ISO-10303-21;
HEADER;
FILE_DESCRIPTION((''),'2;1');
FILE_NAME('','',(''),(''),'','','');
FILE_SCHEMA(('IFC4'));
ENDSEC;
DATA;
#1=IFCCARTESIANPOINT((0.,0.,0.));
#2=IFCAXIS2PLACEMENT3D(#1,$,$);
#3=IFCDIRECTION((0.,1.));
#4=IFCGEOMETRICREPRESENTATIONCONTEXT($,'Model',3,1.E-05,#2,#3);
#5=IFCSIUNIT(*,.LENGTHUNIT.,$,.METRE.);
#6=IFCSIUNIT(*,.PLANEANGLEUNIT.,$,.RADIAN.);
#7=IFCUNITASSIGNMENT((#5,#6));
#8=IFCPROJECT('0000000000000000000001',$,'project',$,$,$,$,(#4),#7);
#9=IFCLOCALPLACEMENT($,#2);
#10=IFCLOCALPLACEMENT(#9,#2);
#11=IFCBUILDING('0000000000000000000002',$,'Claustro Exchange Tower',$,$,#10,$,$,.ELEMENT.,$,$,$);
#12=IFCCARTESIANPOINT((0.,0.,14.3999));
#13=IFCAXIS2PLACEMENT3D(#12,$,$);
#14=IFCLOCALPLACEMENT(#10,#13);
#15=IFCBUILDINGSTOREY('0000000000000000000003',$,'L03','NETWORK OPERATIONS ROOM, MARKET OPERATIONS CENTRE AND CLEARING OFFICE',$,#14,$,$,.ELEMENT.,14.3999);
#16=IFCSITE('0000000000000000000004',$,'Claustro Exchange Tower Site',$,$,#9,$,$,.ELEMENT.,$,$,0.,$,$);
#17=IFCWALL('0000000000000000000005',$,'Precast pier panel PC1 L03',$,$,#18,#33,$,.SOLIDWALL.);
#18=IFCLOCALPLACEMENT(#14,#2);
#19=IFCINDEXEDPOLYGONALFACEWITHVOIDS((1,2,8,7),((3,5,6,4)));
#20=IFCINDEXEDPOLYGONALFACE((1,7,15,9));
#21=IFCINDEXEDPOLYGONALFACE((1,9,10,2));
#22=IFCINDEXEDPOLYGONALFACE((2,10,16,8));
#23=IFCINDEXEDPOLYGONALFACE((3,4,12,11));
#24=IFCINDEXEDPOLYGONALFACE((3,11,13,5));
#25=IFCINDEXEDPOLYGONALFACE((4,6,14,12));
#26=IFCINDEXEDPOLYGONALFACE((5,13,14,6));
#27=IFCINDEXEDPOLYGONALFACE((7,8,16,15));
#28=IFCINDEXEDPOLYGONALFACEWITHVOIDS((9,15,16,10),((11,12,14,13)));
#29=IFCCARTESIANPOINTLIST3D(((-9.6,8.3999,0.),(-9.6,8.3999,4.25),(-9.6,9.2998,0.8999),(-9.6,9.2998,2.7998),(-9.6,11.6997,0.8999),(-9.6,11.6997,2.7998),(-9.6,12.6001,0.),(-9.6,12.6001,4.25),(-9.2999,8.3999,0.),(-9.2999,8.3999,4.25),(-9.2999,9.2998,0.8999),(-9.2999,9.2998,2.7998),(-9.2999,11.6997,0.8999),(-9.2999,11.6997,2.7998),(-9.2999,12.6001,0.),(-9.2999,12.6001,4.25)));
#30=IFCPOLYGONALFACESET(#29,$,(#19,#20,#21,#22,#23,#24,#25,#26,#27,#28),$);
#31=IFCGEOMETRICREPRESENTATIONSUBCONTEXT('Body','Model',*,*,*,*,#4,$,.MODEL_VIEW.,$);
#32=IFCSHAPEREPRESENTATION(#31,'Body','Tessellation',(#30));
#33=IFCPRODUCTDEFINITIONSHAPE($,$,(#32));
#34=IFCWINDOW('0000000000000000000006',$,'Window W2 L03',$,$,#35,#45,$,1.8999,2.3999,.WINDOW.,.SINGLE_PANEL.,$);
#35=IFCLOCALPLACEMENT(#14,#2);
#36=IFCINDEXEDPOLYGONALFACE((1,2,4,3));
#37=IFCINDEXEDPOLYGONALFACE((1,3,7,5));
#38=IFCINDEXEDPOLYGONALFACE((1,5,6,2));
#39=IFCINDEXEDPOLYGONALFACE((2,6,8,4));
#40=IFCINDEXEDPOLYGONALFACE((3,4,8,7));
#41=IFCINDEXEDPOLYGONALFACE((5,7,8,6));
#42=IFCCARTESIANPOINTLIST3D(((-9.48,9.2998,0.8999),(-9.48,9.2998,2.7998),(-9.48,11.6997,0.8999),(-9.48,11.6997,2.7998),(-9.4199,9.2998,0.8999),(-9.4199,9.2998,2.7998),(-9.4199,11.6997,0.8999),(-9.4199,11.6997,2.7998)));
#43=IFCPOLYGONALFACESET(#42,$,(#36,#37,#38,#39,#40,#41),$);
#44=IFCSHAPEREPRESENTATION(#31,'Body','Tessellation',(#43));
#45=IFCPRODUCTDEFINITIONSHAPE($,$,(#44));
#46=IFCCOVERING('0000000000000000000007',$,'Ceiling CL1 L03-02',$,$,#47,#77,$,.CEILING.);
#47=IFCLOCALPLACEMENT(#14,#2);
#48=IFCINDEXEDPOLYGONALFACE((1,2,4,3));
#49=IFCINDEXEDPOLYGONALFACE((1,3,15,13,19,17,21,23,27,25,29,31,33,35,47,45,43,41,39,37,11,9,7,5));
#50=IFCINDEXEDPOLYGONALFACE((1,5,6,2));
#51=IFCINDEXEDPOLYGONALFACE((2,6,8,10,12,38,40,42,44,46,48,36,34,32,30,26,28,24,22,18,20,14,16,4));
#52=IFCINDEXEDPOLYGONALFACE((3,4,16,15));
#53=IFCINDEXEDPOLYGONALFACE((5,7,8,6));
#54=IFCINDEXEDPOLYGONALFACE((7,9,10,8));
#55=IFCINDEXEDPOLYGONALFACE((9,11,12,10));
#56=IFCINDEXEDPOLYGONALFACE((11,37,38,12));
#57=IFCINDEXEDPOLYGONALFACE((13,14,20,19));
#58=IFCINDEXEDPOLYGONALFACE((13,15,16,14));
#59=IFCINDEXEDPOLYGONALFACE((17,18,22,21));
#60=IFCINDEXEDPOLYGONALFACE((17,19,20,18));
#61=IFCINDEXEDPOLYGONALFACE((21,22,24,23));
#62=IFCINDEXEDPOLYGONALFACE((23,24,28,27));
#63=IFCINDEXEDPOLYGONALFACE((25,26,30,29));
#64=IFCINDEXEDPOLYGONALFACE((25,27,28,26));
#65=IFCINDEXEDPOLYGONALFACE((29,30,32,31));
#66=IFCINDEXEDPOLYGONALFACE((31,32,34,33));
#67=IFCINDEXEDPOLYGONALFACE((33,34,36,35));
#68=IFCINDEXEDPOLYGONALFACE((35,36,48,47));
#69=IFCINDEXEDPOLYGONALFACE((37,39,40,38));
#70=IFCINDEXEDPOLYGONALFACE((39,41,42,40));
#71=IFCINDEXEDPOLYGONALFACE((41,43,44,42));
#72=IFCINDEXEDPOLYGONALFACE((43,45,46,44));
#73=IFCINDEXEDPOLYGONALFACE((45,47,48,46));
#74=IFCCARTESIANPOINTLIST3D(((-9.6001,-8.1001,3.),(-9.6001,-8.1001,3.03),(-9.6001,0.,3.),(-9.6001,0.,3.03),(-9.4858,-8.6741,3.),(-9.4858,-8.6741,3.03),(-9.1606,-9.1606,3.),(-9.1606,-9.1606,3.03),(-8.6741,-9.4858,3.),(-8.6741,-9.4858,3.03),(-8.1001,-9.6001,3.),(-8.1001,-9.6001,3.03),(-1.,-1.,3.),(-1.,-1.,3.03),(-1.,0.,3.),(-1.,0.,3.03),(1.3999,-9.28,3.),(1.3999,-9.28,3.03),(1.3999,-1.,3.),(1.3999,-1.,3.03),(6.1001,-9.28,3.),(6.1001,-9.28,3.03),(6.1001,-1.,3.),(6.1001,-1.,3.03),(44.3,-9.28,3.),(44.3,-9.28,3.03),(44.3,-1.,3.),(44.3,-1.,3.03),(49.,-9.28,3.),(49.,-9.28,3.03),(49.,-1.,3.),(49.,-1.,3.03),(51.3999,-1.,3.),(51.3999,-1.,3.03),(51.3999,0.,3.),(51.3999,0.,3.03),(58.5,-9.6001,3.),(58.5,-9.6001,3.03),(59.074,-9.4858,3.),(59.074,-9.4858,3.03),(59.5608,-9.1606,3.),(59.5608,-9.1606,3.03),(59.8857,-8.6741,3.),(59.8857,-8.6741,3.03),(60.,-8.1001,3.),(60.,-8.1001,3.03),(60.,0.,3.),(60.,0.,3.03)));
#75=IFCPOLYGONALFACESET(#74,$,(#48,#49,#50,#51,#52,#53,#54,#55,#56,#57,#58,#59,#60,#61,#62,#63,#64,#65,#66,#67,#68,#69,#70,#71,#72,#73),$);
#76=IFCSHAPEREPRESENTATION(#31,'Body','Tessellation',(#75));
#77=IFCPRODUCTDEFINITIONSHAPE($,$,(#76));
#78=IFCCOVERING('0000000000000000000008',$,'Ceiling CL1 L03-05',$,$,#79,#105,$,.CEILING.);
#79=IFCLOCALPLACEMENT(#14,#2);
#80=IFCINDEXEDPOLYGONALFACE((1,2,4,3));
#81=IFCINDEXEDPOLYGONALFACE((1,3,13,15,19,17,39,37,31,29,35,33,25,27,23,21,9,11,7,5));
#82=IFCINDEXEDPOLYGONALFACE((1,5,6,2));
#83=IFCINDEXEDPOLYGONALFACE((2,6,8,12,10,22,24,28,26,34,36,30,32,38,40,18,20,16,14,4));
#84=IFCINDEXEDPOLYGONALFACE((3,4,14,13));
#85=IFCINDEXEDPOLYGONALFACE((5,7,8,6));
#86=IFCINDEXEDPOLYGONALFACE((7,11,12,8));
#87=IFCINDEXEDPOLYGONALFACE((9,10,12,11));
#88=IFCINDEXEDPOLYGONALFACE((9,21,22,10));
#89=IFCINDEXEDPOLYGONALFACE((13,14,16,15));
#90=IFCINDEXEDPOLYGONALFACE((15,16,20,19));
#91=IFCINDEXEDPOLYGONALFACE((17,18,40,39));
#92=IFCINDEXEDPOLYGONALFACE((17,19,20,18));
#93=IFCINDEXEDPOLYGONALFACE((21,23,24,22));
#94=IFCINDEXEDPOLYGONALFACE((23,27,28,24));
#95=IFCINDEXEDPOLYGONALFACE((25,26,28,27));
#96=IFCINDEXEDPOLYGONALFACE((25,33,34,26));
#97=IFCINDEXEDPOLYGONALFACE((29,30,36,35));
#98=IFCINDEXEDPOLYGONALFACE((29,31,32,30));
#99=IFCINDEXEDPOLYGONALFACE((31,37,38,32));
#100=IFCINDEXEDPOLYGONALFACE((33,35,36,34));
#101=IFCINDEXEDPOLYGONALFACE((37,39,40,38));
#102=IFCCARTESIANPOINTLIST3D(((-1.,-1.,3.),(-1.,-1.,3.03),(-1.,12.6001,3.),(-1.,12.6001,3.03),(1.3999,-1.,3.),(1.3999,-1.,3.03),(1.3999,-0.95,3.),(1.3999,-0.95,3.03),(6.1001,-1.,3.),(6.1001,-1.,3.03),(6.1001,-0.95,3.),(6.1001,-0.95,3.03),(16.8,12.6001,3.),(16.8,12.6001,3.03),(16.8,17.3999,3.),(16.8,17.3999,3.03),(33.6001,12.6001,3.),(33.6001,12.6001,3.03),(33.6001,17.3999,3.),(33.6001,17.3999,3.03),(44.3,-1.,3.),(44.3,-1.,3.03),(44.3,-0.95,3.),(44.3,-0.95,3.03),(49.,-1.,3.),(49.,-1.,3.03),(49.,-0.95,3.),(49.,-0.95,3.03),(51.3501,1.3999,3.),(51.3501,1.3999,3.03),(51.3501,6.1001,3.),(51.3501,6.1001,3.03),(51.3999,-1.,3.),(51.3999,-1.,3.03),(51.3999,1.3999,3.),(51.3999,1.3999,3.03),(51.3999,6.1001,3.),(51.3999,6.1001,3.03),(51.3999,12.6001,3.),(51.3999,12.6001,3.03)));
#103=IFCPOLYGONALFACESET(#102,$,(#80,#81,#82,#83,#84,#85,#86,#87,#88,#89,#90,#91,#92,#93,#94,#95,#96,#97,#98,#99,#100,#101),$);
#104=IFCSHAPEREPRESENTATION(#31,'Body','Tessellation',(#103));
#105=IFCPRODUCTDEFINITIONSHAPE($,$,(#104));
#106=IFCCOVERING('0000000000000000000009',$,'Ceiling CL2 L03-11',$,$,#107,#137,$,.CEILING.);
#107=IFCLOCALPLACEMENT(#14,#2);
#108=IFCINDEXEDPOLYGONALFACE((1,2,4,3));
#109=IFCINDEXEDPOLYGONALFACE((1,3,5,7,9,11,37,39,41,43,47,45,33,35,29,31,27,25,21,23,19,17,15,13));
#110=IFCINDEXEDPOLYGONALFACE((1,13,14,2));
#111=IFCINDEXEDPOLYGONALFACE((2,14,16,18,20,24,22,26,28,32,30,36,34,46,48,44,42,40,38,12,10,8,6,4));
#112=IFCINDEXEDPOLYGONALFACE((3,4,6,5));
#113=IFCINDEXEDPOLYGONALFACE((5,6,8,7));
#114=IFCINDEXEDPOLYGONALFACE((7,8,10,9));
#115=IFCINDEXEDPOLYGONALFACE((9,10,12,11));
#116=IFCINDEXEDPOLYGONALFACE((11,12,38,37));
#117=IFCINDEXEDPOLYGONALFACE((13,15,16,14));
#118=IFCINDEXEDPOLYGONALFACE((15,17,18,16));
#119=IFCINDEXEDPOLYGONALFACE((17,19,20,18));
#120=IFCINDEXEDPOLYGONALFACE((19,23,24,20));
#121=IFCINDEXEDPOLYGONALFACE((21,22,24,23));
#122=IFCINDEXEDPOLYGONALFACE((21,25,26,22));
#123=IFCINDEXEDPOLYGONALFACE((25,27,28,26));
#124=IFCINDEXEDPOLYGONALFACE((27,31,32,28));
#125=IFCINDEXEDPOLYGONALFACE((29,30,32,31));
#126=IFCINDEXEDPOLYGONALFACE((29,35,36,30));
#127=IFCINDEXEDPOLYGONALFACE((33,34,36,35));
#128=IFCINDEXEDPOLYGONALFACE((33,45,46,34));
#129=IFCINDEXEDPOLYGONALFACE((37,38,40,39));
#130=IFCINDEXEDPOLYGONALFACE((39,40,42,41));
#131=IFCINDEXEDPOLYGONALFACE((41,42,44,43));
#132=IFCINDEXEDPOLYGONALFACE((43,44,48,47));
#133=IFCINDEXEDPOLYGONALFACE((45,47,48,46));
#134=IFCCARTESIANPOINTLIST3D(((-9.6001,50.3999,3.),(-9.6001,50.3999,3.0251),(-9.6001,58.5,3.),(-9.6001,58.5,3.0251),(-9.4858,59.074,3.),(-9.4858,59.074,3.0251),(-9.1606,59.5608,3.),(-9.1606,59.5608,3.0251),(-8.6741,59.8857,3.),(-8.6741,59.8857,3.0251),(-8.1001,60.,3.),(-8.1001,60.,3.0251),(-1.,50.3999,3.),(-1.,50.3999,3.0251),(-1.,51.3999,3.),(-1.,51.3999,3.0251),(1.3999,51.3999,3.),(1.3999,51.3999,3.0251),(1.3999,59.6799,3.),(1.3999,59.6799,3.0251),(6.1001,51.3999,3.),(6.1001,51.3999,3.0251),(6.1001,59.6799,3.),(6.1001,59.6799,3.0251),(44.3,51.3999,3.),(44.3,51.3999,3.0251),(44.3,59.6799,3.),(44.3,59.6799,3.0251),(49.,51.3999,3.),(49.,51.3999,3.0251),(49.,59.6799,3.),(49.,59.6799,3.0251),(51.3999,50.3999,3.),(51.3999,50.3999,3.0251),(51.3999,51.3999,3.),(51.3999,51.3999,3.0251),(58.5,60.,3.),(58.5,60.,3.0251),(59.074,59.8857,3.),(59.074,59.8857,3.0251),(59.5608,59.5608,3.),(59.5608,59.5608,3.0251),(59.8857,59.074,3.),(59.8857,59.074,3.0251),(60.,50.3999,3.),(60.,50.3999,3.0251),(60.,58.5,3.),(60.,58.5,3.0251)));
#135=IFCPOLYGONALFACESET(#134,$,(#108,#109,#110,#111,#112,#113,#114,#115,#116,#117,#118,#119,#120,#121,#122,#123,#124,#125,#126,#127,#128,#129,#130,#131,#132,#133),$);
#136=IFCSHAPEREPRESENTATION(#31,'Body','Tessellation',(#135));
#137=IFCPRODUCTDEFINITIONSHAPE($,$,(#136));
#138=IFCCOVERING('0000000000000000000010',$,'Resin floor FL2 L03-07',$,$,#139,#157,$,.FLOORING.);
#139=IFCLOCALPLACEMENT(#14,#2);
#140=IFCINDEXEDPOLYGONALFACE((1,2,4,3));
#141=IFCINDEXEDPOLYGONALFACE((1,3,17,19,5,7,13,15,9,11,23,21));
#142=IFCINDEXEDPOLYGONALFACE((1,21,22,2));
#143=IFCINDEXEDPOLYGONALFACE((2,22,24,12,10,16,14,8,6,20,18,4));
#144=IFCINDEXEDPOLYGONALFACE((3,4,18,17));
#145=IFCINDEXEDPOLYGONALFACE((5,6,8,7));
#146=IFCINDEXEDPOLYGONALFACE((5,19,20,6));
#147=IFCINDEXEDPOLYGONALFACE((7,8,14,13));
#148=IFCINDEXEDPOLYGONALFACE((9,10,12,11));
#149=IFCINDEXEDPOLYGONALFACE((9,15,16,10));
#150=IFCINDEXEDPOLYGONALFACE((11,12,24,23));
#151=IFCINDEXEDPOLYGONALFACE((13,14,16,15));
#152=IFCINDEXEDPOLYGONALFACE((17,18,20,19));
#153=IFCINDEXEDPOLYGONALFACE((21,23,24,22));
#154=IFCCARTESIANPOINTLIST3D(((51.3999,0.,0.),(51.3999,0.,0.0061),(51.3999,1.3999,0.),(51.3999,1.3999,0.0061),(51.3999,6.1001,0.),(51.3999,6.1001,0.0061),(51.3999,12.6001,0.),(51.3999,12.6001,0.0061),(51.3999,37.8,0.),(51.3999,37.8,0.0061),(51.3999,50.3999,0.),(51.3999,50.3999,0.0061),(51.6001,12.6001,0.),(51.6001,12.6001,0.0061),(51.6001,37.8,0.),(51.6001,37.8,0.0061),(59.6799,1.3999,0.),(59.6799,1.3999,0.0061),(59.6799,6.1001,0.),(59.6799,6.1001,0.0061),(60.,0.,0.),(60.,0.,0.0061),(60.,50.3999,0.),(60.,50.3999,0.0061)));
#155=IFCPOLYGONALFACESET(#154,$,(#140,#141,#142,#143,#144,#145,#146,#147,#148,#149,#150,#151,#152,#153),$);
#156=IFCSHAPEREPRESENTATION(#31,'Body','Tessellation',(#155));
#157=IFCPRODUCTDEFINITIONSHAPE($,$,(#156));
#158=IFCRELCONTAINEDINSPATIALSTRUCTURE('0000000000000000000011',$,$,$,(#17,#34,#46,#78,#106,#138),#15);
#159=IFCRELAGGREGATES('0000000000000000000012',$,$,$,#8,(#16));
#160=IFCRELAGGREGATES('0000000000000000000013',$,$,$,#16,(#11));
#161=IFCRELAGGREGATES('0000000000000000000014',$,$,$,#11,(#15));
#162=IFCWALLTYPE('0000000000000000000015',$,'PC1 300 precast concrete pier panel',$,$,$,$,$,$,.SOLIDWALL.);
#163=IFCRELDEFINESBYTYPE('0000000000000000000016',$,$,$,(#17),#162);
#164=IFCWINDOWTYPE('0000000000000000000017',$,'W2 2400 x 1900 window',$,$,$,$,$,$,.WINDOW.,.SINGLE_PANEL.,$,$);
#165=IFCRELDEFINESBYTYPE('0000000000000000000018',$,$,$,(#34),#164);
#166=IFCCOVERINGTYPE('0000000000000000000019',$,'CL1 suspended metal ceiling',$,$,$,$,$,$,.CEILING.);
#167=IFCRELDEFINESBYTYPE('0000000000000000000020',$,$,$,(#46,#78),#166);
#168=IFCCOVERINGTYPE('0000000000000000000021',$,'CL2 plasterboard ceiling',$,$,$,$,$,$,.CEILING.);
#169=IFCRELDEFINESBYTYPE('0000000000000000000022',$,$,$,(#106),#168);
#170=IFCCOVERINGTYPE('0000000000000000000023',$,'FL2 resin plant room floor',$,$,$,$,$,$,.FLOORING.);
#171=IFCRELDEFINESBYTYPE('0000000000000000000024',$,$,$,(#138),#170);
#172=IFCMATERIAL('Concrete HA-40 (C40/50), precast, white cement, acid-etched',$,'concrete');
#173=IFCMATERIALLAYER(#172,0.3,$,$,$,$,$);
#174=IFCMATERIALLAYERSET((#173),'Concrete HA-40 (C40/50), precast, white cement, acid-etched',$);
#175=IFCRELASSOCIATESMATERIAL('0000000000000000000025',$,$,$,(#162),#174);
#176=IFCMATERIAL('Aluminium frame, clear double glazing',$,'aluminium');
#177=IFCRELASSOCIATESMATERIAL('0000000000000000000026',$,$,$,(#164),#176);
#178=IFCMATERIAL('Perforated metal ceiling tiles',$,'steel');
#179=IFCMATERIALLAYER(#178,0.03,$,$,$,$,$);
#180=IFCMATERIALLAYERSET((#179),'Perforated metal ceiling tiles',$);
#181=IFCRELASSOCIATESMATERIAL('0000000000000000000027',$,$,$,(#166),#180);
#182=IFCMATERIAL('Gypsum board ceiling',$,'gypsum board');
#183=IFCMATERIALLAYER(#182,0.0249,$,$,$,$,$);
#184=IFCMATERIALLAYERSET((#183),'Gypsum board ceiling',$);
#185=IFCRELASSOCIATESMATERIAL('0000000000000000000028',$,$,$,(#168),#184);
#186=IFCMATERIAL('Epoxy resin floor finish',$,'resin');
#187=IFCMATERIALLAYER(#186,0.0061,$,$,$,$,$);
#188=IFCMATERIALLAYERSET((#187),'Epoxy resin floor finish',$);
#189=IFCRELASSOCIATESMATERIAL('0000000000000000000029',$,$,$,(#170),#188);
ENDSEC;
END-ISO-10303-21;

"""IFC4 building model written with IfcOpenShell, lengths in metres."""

from ifc_helpers import new_model, si_unit, direction, frame, frame_2d, origin, place, context, subcontext, project, spatial, polyline, rectangle, outline, extrude, material, layer, layer_set, type_object, element, fill, save


model = new_model("IFC4")

# Units and contexts
model_context = context("Model", 3, precision=1e-05, world=origin(), true_north=direction((0.0, 1.0)))
body_context = subcontext(model_context, "Body", "Model", "MODEL_VIEW")
ifc_project = project(units=[si_unit("LENGTHUNIT", "METRE"), si_unit("PLANEANGLEUNIT", "RADIAN")], contexts=[model_context])

# Site, building, storey
site_placement = place(None, origin())
site = spatial("IfcSite", under=ifc_project, at=site_placement, Name="Claustro Exchange Tower Site", CompositionType="ELEMENT", RefElevation=0.0)
building_placement = place(site_placement, origin())
building = spatial("IfcBuilding", under=site, at=building_placement, Name="Claustro Exchange Tower", CompositionType="ELEMENT")
storey_placement = place(building_placement, frame((0.0, 0.0, 14.3999)))
storey = spatial("IfcBuildingStorey", under=building, at=storey_placement, Name="L03", Description="NETWORK OPERATIONS ROOM, MARKET OPERATIONS CENTRE AND CLEARING OFFICE", CompositionType="ELEMENT", Elevation=14.3999)

# Wall, opening, window
ifc_material_1 = material(Name="Concrete HA-40 (C40/50), precast, white cement, acid-etched", Category="concrete")
ifc_layer_1 = layer(ifc_material_1, 0.3)
ifc_layer_set_1 = layer_set([ifc_layer_1], Name="Concrete HA-40 (C40/50), precast, white cement, acid-etched")
wall_type = type_object("IfcWallType", Name="PC1 300 precast concrete pier panel", PredefinedType="SOLIDWALL", material=ifc_layer_set_1)
wall_placement = place(storey_placement, frame((-9.45, 8.3999, 0.0), z_axis=(0.0, 0.0, 1.0), x_axis=(0.0, 1.0, 0.0)))
wall = element("IfcWall", 1, at=wall_placement, inside=storey, type_object=wall_type, Name="Precast pier panel PC1 L03", PredefinedType="SOLIDWALL", context=body_context, shape_type="SweptSolid", body=[
    extrude(rectangle(XDim=4.2002, YDim=0.3, at=frame_2d((2.1001, 0.0))), origin(), (0.0, 0.0, 1.0), 4.25),
])
opening_placement = place(wall_placement, frame((0.8999, 0.0, 0.8999)))
opening = element("IfcOpeningElement", 2, at=opening_placement, cuts=wall, PredefinedType="OPENING", context=body_context, shape_type="SweptSolid", body=[
    extrude(rectangle(XDim=2.3999, YDim=1.8999, at=frame_2d((1.2, 0.95))), frame((0.0, 0.1599, 0.0), z_axis=(0.0, -1.0, 0.0), x_axis=(1.0, 0.0, 0.0)), (0.0, 0.0, 1.0), 0.3201),
])
ifc_material_2 = material(Name="Aluminium frame, clear double glazing", Category="aluminium")
window_type = type_object("IfcWindowType", Name="W2 2400 x 1900 window", PartitioningType="SINGLE_PANEL", PredefinedType="WINDOW", material=ifc_material_2)
window_placement = place(opening_placement, origin())
window = element("IfcWindow", 3, at=window_placement, inside=storey, type_object=window_type, Name="Window W2 L03", OverallHeight=1.8999, OverallWidth=2.3999, PartitioningType="SINGLE_PANEL", PredefinedType="WINDOW", context=body_context, shape_type="SweptSolid", body=[
    extrude(rectangle(XDim=2.3999, YDim=1.8999, at=frame_2d((1.2, 0.95))), frame((0.0, 0.03, 0.0), z_axis=(0.0, -1.0, 0.0), x_axis=(1.0, 0.0, 0.0)), (0.0, 0.0, 1.0), 0.0601),
])
fill(opening, window)

# Coverings
ifc_material_3 = material(Name="Perforated metal ceiling tiles", Category="steel")
ifc_layer_2 = layer(ifc_material_3, 0.03)
ifc_layer_set_2 = layer_set([ifc_layer_2], Name="Perforated metal ceiling tiles")
covering_type_1 = type_object("IfcCoveringType", Name="CL1 suspended metal ceiling", PredefinedType="CEILING", material=ifc_layer_set_2)
covering_1_placement = place(storey_placement, frame((0.0, 0.0, 3.0)))
element("IfcCovering", 4, at=covering_1_placement, inside=storey, type_object=covering_type_1, Name="Ceiling CL1 L03-02", PredefinedType="CEILING", context=body_context, shape_type="SweptSolid", body=[
    extrude(outline(polyline([(59.8857, -8.6741), (60.0, -8.1001), (60.0, 0.0), (51.3999, 0.0), (51.3999, -1.0), (49.0, -1.0), (49.0, -9.28), (44.3, -9.28), (44.3, -1.0), (6.1001, -1.0), (6.1001, -9.28), (1.3999, -9.28), (1.3999, -1.0), (-1.0, -1.0), (-1.0, 0.0), (-9.6001, 0.0), (-9.6001, -8.1001), (-9.4858, -8.6741), (-9.1606, -9.1606), (-8.6741, -9.4858), (-8.1001, -9.6001), (58.5, -9.6001), (59.074, -9.4858), (59.5608, -9.1606), (59.8857, -8.6741)])), origin(), (0.0, 0.0, 1.0), 0.03),
])
covering_2_placement = place(storey_placement, frame((0.0, 0.0, 3.0)))
element("IfcCovering", 5, at=covering_2_placement, inside=storey, type_object=covering_type_1, Name="Ceiling CL1 L03-05", PredefinedType="CEILING", context=body_context, shape_type="SweptSolid", body=[
    extrude(outline(polyline([(16.8, 17.3999), (16.8, 12.6001), (-1.0, 12.6001), (-1.0, -1.0), (1.3999, -1.0), (1.3999, -0.95), (6.1001, -0.95), (6.1001, -1.0), (44.3, -1.0), (44.3, -0.95), (49.0, -0.95), (49.0, -1.0), (51.3999, -1.0), (51.3999, 1.3999), (51.3501, 1.3999), (51.3501, 6.1001), (51.3999, 6.1001), (51.3999, 12.6001), (33.6001, 12.6001), (33.6001, 17.3999), (16.8, 17.3999)])), origin(), (0.0, 0.0, 1.0), 0.03),
])
ifc_material_4 = material(Name="Gypsum board ceiling", Category="gypsum board")
ifc_layer_3 = layer(ifc_material_4, 0.0249)
ifc_layer_set_3 = layer_set([ifc_layer_3], Name="Gypsum board ceiling")
covering_type_2 = type_object("IfcCoveringType", Name="CL2 plasterboard ceiling", PredefinedType="CEILING", material=ifc_layer_set_3)
covering_3_placement = place(storey_placement, frame((0.0, 0.0, 3.0)))
element("IfcCovering", 6, at=covering_3_placement, inside=storey, type_object=covering_type_2, Name="Ceiling CL2 L03-11", PredefinedType="CEILING", context=body_context, shape_type="SweptSolid", body=[
    extrude(outline(polyline([(-8.1001, 60.0), (-8.6741, 59.8857), (-9.1606, 59.5608), (-9.4858, 59.074), (-9.6001, 58.5), (-9.6001, 50.3999), (-1.0, 50.3999), (-1.0, 51.3999), (1.3999, 51.3999), (1.3999, 59.6799), (6.1001, 59.6799), (6.1001, 51.3999), (44.3, 51.3999), (44.3, 59.6799), (49.0, 59.6799), (49.0, 51.3999), (51.3999, 51.3999), (51.3999, 50.3999), (60.0, 50.3999), (60.0, 58.5), (59.8857, 59.074), (59.5608, 59.5608), (59.074, 59.8857), (58.5, 60.0), (-8.1001, 60.0)])), origin(), (0.0, 0.0, 1.0), 0.0251),
])
ifc_material_5 = material(Name="Epoxy resin floor finish", Category="resin")
ifc_layer_4 = layer(ifc_material_5, 0.0061)
ifc_layer_set_4 = layer_set([ifc_layer_4], Name="Epoxy resin floor finish")
covering_type_3 = type_object("IfcCoveringType", Name="FL2 resin plant room floor", PredefinedType="FLOORING", material=ifc_layer_set_4)
covering_4_placement = place(storey_placement, origin())
element("IfcCovering", 7, at=covering_4_placement, inside=storey, type_object=covering_type_3, Name="Resin floor FL2 L03-07", PredefinedType="FLOORING", context=body_context, shape_type="SweptSolid", body=[
    extrude(outline(polyline([(51.3999, 0.0), (60.0, 0.0), (60.0, 50.3999), (51.3999, 50.3999), (51.3999, 37.8), (51.6001, 37.8), (51.6001, 12.6001), (51.3999, 12.6001), (51.3999, 6.1001), (59.6799, 6.1001), (59.6799, 1.3999), (51.3999, 1.3999), (51.3999, 0.0)])), origin(), (0.0, 0.0, 1.0), 0.0061),
])

save(model, "model.ifc")
